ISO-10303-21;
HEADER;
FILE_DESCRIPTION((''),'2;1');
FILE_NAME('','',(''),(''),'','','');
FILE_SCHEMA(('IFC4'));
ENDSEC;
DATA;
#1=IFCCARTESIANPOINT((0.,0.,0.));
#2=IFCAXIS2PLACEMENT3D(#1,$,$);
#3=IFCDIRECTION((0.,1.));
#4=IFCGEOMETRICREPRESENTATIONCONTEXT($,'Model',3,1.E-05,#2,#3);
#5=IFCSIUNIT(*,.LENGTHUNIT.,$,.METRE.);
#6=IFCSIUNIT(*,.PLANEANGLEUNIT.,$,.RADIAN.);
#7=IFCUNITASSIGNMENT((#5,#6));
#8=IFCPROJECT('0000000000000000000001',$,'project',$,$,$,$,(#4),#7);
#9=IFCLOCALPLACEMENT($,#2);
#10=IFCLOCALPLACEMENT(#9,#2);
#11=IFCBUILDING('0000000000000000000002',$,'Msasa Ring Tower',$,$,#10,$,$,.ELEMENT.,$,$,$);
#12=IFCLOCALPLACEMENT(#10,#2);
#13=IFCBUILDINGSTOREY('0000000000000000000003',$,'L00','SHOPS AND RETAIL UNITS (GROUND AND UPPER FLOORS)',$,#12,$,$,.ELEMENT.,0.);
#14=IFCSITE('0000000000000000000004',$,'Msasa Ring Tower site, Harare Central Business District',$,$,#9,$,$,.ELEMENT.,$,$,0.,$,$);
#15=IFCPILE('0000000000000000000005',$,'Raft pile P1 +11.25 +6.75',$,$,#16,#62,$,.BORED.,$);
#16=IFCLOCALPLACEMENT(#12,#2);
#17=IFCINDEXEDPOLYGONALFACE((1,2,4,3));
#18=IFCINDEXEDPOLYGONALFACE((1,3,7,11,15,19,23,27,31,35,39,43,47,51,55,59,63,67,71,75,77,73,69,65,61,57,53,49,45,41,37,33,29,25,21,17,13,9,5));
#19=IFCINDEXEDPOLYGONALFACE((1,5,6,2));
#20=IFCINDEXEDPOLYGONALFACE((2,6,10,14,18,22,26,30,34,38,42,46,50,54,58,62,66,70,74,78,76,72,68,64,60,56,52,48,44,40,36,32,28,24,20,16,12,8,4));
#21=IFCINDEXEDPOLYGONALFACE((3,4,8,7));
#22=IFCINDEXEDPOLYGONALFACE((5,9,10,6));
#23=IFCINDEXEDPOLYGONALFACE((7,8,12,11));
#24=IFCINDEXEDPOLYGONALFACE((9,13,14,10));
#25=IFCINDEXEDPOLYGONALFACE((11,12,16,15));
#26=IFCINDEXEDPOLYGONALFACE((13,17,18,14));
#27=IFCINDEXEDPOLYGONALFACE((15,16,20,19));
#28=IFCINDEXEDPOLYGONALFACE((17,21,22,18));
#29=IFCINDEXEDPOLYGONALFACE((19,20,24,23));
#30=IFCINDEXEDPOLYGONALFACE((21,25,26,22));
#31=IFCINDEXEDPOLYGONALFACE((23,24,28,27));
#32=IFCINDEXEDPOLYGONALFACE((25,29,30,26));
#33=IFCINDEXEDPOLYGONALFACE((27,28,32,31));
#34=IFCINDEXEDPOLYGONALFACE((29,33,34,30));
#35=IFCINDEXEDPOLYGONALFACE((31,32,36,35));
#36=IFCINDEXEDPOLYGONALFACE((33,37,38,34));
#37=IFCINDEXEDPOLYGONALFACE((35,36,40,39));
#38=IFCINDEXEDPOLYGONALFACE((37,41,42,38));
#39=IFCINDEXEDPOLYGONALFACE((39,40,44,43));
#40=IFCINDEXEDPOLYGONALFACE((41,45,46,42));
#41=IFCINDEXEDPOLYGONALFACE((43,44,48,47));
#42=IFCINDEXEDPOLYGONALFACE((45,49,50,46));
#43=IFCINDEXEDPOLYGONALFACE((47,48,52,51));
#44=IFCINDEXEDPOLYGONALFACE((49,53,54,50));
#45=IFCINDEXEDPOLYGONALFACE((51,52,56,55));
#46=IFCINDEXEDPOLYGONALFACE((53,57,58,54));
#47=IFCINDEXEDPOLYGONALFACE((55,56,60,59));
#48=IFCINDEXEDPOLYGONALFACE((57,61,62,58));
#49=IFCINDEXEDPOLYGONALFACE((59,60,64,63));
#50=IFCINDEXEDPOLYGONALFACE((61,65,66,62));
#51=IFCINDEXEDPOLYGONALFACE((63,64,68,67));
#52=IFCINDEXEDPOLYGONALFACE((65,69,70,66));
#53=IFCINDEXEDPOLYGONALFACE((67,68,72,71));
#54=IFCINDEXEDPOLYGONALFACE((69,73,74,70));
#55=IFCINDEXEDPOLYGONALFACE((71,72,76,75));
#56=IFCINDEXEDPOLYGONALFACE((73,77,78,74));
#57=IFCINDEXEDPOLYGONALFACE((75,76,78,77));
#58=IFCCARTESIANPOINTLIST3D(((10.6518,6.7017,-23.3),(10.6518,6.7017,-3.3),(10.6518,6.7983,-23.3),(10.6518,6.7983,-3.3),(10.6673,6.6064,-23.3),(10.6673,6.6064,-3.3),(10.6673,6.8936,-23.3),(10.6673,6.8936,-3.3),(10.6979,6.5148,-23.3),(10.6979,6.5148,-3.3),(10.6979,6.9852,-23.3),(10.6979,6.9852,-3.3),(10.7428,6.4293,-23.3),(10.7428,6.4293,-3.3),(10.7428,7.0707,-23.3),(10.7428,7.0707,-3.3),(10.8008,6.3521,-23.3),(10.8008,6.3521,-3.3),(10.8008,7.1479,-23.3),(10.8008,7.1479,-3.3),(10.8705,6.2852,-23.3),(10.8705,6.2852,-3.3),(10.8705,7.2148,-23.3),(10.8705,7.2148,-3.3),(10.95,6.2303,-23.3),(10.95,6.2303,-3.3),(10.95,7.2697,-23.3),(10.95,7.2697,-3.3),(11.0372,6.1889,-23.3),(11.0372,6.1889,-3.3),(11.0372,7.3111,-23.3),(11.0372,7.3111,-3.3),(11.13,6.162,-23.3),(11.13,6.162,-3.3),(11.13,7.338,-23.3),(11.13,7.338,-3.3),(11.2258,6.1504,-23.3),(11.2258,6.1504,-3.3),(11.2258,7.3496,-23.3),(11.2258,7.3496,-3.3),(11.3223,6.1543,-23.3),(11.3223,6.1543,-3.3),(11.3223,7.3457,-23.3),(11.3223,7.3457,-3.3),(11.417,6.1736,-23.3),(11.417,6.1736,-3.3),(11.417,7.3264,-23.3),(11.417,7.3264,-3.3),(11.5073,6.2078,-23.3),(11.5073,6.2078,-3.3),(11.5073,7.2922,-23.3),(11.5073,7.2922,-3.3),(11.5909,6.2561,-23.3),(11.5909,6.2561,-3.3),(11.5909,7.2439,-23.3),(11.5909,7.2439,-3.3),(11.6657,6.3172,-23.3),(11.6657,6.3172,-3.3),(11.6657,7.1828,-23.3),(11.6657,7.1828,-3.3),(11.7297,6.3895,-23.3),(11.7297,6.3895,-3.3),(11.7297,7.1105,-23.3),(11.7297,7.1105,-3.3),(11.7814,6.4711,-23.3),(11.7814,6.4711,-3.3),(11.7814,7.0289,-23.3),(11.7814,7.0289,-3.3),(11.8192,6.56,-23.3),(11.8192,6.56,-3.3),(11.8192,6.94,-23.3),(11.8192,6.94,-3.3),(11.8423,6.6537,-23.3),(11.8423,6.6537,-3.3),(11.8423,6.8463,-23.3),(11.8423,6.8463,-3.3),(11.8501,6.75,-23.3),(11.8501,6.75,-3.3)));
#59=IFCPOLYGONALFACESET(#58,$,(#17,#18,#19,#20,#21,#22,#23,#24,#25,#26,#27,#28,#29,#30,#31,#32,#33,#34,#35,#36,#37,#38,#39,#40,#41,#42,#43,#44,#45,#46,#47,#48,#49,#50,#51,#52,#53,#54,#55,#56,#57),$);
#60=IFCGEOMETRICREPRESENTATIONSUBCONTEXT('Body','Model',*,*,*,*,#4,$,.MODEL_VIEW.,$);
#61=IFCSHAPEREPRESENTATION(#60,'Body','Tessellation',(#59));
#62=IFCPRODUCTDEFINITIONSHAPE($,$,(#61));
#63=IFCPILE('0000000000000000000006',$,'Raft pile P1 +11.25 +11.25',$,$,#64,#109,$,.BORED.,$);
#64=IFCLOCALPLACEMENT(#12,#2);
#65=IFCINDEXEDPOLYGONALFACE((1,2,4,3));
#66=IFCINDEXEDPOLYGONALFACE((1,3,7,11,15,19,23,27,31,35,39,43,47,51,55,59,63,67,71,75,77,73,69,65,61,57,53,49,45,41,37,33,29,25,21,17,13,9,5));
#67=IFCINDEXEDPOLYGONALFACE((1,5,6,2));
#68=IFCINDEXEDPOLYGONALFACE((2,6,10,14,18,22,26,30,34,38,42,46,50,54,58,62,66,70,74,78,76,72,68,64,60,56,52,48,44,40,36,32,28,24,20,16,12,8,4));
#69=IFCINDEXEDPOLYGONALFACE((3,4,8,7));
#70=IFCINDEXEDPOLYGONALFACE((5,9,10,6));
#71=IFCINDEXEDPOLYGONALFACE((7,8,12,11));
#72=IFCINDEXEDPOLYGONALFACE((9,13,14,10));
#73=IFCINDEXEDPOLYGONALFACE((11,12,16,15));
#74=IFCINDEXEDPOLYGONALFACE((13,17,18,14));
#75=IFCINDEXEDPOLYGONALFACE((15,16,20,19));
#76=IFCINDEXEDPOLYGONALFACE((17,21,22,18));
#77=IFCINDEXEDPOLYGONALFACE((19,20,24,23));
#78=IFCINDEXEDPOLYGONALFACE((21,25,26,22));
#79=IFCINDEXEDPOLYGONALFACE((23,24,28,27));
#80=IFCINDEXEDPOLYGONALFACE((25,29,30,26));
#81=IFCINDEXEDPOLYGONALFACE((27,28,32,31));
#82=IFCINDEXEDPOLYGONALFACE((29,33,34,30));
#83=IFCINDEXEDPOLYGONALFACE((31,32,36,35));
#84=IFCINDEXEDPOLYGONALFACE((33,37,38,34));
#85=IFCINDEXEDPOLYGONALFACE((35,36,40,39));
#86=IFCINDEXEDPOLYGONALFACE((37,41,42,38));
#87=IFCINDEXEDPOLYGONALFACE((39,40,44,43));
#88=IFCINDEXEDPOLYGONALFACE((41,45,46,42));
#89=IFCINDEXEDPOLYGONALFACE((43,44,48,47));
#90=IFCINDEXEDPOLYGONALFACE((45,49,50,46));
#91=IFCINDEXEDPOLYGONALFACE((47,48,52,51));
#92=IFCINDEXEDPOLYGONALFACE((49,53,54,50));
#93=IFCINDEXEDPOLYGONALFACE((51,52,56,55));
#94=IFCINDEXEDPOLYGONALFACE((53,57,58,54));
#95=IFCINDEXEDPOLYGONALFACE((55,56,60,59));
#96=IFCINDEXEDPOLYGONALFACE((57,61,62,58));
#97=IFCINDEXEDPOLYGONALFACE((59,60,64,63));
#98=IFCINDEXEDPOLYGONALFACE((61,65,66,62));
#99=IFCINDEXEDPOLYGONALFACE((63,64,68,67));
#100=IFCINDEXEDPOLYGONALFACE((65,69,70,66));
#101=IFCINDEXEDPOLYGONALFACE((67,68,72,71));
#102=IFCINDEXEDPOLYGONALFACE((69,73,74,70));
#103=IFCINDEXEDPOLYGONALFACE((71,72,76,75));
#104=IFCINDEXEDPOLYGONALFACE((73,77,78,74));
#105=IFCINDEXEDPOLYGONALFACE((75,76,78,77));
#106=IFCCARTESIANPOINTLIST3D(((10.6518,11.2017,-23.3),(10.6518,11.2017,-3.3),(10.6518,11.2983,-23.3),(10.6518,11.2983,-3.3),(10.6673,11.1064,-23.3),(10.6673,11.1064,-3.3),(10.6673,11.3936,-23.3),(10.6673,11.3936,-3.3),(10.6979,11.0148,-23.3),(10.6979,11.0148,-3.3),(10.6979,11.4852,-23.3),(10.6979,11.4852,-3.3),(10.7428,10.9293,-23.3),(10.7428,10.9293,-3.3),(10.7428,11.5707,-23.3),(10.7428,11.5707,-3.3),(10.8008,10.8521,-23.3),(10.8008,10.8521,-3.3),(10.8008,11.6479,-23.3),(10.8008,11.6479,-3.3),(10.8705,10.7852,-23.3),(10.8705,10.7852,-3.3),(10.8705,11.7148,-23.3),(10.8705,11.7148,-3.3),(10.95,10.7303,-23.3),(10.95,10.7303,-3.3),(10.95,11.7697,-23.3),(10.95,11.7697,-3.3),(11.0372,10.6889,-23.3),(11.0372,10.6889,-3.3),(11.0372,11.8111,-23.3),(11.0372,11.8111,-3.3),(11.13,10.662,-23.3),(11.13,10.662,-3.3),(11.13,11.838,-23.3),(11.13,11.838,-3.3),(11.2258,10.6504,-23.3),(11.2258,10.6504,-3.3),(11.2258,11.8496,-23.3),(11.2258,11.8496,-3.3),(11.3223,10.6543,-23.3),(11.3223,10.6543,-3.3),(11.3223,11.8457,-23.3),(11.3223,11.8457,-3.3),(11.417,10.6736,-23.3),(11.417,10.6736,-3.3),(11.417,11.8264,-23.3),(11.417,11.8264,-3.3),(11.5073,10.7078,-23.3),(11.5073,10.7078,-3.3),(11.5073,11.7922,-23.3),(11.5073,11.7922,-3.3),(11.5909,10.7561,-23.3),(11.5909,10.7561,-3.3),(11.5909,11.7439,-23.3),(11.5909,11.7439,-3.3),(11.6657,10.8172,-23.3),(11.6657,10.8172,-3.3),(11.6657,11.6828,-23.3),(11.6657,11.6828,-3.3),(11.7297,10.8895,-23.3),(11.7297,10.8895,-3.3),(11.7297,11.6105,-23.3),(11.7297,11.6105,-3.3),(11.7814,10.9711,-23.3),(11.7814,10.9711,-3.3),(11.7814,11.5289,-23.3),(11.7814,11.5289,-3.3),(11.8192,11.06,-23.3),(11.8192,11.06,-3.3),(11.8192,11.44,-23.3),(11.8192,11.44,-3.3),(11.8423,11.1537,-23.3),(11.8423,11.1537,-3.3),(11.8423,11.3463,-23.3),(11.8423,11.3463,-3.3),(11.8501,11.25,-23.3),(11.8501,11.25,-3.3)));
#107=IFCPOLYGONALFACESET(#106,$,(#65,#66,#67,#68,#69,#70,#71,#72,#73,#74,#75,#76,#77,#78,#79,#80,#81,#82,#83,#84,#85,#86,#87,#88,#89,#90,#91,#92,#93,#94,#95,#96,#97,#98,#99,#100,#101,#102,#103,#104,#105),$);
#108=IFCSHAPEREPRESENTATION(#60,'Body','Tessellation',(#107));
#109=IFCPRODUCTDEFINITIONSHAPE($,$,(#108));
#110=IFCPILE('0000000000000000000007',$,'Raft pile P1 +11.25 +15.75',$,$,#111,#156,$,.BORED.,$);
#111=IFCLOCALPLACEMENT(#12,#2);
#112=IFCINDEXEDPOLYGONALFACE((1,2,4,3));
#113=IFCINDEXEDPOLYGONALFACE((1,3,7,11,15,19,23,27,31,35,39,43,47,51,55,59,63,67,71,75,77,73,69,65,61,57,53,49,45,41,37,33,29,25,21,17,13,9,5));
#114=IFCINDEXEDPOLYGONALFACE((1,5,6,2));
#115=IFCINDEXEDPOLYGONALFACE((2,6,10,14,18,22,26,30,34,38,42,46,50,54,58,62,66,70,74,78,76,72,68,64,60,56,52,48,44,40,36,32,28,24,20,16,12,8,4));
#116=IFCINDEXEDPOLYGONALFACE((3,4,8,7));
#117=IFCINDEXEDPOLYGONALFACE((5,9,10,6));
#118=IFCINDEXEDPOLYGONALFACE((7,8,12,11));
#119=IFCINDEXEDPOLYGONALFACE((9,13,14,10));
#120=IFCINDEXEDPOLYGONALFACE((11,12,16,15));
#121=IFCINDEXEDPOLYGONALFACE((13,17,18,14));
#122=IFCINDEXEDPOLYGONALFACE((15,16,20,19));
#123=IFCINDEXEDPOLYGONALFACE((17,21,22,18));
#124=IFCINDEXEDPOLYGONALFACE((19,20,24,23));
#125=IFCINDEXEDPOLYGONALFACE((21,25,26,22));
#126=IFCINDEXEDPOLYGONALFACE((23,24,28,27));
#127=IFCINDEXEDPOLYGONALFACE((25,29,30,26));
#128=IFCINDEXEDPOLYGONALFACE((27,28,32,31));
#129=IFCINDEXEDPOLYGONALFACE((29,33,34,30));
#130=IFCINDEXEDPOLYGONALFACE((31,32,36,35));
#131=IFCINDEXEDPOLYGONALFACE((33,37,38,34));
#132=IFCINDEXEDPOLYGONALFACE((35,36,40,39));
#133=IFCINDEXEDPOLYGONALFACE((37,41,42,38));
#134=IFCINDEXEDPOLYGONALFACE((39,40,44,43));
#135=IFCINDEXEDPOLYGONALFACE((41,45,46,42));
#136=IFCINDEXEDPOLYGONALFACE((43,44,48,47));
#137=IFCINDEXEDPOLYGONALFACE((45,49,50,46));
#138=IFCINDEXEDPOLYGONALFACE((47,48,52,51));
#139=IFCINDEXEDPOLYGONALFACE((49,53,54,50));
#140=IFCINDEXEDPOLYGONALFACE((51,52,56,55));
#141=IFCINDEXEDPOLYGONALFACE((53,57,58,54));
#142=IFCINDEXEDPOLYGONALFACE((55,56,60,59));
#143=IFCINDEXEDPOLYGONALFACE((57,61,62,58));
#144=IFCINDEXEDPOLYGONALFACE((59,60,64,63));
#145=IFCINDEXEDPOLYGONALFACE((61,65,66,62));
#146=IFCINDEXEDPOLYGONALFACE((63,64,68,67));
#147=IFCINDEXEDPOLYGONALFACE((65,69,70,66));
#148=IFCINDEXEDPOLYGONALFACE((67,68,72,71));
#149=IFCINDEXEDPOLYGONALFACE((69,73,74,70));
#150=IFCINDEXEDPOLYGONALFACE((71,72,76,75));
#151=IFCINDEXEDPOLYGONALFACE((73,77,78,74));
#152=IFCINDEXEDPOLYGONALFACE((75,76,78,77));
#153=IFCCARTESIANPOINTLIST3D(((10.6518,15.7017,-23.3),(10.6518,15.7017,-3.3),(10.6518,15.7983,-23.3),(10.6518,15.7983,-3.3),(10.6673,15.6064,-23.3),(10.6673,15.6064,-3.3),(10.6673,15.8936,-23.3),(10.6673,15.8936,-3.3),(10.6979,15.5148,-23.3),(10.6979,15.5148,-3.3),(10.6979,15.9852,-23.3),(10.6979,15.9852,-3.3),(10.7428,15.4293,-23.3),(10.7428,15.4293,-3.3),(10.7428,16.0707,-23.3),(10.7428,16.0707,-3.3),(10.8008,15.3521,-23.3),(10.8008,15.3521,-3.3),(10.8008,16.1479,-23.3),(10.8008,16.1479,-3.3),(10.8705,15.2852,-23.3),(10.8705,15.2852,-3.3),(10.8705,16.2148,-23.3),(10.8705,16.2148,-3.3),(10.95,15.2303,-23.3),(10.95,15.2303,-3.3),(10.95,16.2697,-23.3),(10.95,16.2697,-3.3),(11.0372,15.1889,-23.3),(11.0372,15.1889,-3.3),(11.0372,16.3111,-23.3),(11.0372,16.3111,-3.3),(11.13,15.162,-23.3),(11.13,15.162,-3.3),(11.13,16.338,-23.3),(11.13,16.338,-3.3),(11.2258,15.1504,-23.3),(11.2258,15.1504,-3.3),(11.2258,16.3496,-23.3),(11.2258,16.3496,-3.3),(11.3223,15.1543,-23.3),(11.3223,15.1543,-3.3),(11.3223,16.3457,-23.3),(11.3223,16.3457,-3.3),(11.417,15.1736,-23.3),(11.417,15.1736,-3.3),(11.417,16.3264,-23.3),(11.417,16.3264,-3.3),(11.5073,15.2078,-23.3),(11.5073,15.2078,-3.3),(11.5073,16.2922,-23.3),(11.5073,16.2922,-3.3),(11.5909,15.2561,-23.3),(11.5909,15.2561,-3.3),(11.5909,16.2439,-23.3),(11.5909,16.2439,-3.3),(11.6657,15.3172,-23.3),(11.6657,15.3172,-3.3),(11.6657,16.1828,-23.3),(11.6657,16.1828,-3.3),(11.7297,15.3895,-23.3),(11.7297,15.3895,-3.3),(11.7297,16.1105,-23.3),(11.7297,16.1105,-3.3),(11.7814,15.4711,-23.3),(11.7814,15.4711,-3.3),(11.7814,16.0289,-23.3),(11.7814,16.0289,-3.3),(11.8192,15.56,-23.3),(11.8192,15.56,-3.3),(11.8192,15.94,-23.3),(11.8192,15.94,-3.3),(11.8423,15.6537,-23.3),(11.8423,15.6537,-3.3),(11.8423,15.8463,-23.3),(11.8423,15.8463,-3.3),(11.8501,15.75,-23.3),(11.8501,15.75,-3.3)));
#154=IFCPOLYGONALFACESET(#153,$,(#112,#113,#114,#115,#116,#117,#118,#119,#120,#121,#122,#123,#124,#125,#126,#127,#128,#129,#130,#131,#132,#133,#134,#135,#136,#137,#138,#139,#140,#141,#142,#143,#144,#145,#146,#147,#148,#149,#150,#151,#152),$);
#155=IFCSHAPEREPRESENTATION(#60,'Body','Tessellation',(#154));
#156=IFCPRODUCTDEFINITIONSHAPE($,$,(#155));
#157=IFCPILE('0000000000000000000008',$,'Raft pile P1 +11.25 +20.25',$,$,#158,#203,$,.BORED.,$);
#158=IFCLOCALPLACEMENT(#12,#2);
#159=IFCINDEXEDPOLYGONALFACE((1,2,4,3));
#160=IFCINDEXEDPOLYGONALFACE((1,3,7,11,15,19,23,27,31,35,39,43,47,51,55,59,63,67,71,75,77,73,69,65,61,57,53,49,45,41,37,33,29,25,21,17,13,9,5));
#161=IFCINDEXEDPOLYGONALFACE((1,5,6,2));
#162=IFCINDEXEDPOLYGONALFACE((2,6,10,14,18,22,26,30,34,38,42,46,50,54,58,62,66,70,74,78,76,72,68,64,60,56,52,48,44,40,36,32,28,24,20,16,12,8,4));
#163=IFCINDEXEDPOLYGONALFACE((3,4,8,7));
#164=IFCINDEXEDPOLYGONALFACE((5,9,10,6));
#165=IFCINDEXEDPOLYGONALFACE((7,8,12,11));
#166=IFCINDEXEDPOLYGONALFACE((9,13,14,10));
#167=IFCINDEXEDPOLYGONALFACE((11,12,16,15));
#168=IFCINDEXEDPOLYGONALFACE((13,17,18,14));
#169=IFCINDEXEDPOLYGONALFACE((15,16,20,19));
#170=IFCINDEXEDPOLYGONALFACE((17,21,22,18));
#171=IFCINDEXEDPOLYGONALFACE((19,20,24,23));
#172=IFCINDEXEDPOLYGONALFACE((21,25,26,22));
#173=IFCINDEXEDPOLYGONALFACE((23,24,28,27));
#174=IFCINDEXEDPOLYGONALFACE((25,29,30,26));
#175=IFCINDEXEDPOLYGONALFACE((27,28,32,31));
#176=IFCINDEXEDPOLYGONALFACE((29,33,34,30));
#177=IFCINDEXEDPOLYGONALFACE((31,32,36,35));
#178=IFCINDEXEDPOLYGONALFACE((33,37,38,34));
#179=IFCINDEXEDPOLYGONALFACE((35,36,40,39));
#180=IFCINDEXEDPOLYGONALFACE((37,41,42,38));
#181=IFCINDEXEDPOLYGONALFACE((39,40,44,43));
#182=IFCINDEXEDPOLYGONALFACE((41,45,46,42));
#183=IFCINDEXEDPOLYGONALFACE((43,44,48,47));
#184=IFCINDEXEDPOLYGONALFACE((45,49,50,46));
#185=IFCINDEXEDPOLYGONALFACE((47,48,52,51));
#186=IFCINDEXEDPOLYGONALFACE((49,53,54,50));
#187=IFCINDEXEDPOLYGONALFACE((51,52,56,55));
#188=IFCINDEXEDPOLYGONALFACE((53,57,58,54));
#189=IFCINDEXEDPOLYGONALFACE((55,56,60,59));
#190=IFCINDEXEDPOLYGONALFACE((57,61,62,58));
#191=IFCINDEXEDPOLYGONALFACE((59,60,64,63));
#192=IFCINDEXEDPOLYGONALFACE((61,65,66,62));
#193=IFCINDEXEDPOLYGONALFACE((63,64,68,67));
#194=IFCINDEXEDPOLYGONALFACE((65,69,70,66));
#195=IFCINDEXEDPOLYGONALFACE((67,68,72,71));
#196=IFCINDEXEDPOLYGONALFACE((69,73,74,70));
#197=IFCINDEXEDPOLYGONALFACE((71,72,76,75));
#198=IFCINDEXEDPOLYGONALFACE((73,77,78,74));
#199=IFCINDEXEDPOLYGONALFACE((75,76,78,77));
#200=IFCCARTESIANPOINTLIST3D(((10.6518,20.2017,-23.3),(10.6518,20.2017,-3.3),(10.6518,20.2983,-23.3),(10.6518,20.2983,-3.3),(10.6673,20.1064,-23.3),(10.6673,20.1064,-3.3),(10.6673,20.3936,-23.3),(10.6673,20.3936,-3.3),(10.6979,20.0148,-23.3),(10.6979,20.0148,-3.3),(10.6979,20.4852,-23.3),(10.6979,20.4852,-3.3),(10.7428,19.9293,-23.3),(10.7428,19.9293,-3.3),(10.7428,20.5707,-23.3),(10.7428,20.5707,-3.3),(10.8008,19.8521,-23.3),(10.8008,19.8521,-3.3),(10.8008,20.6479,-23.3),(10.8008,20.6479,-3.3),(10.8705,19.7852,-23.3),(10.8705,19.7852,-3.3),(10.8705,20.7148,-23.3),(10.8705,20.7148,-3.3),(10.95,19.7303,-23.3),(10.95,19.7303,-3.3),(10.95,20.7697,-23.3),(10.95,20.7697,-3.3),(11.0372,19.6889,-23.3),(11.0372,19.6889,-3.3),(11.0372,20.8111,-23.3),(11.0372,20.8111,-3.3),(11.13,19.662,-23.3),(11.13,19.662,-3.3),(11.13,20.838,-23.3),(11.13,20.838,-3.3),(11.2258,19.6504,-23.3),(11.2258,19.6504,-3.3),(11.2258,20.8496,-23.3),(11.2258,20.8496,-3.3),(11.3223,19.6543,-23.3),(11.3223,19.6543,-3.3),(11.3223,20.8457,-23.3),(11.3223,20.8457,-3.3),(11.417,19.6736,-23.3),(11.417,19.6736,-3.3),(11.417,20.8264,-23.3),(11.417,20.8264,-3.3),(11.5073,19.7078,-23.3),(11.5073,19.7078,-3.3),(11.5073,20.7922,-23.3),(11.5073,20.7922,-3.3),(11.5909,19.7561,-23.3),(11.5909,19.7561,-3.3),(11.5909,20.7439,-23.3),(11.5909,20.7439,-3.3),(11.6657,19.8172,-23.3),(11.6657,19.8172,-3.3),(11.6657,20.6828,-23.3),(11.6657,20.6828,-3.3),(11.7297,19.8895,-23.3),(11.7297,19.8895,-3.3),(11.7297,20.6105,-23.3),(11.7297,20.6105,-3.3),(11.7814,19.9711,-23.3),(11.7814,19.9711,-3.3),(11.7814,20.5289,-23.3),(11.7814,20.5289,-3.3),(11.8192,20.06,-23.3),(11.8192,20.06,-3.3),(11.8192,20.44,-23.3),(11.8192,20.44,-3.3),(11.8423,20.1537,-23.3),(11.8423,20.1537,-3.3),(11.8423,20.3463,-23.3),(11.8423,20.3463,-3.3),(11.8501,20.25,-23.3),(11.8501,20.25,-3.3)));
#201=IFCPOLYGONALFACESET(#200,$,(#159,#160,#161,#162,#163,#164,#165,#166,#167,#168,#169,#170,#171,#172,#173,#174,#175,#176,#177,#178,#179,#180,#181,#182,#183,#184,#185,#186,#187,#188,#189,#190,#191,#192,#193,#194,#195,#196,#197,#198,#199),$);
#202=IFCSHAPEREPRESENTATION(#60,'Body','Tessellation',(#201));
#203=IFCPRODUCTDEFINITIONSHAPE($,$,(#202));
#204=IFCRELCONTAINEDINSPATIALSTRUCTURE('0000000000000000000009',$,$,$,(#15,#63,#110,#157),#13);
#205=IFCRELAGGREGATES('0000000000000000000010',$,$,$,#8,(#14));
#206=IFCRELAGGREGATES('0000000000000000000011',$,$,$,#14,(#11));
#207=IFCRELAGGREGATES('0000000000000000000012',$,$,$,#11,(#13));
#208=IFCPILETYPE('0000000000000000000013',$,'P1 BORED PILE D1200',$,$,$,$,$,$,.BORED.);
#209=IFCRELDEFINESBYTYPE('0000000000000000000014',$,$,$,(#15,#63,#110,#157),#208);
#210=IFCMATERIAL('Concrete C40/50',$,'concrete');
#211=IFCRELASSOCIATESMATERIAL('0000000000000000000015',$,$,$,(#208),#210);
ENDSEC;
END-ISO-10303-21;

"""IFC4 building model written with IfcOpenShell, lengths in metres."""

from ifc_helpers import new_model, si_unit, direction, frame, origin, origin_2d, place, context, subcontext, project, spatial, circle, extrude, material, material_profile, profile_set, type_object, element, save


model = new_model("IFC4")

# Units and contexts
model_context = context("Model", 3, precision=1e-05, world=origin(), true_north=direction((0.0, 1.0)))
body_context = subcontext(model_context, "Body", "Model", "MODEL_VIEW")
ifc_project = project(units=[si_unit("LENGTHUNIT", "METRE"), si_unit("PLANEANGLEUNIT", "RADIAN")], contexts=[model_context])

# Site, building, storey
site_placement = place(None, origin())
site = spatial("IfcSite", under=ifc_project, at=site_placement, Name="Msasa Ring Tower site, Harare Central Business District", CompositionType="ELEMENT", RefElevation=0.0)
building_placement = place(site_placement, origin())
building = spatial("IfcBuilding", under=site, at=building_placement, Name="Msasa Ring Tower", CompositionType="ELEMENT")
storey_placement = place(building_placement, origin())
storey = spatial("IfcBuildingStorey", under=building, at=storey_placement, Name="L00", Description="SHOPS AND RETAIL UNITS (GROUND AND UPPER FLOORS)", CompositionType="ELEMENT", Elevation=0.0)

# Piles
ifc_material_1 = material(Name="Concrete C40/50", Category="concrete")
ifc_material_profile_1 = material_profile(ifc_material_1, circle(Radius=0.6001, at=origin_2d()), Name="D1200")
ifc_profile_set_1 = profile_set([ifc_material_profile_1], Name="Concrete C40/50")
pile_type = type_object("IfcPileType", Name="P1 BORED PILE D1200", PredefinedType="BORED", material=ifc_profile_set_1)
for number, where, z_axis, x_axis, name in (
    (1, (11.25, 6.75, -3.3), (0.0, 0.0, -1.0), (1.0, 0.0, 0.0), "Raft pile P1 +11.25 +6.75"),
    (2, (11.25, 11.25, -3.3), (0.0, 0.0, -1.0), (1.0, 0.0, 0.0), "Raft pile P1 +11.25 +11.25"),
    (3, (11.25, 15.75, -3.3), (0.0, 0.0, -1.0), (1.0, 0.0, 0.0), "Raft pile P1 +11.25 +15.75"),
    (4, (11.25, 20.25, -3.3), (0.0, 0.0, -1.0), (1.0, 0.0, 0.0), "Raft pile P1 +11.25 +20.25"),
):
    element("IfcPile", number, at=place(storey_placement, frame(where, z_axis=z_axis, x_axis=x_axis)), inside=storey, type_object=pile_type, Name=name, PredefinedType="BORED", context=body_context, shape_type="SweptSolid", body=[
        extrude(circle(Radius=0.6001, at=origin_2d()), origin(), (0.0, 0.0, 1.0), 20.0),
    ])

save(model, "model.ifc")
